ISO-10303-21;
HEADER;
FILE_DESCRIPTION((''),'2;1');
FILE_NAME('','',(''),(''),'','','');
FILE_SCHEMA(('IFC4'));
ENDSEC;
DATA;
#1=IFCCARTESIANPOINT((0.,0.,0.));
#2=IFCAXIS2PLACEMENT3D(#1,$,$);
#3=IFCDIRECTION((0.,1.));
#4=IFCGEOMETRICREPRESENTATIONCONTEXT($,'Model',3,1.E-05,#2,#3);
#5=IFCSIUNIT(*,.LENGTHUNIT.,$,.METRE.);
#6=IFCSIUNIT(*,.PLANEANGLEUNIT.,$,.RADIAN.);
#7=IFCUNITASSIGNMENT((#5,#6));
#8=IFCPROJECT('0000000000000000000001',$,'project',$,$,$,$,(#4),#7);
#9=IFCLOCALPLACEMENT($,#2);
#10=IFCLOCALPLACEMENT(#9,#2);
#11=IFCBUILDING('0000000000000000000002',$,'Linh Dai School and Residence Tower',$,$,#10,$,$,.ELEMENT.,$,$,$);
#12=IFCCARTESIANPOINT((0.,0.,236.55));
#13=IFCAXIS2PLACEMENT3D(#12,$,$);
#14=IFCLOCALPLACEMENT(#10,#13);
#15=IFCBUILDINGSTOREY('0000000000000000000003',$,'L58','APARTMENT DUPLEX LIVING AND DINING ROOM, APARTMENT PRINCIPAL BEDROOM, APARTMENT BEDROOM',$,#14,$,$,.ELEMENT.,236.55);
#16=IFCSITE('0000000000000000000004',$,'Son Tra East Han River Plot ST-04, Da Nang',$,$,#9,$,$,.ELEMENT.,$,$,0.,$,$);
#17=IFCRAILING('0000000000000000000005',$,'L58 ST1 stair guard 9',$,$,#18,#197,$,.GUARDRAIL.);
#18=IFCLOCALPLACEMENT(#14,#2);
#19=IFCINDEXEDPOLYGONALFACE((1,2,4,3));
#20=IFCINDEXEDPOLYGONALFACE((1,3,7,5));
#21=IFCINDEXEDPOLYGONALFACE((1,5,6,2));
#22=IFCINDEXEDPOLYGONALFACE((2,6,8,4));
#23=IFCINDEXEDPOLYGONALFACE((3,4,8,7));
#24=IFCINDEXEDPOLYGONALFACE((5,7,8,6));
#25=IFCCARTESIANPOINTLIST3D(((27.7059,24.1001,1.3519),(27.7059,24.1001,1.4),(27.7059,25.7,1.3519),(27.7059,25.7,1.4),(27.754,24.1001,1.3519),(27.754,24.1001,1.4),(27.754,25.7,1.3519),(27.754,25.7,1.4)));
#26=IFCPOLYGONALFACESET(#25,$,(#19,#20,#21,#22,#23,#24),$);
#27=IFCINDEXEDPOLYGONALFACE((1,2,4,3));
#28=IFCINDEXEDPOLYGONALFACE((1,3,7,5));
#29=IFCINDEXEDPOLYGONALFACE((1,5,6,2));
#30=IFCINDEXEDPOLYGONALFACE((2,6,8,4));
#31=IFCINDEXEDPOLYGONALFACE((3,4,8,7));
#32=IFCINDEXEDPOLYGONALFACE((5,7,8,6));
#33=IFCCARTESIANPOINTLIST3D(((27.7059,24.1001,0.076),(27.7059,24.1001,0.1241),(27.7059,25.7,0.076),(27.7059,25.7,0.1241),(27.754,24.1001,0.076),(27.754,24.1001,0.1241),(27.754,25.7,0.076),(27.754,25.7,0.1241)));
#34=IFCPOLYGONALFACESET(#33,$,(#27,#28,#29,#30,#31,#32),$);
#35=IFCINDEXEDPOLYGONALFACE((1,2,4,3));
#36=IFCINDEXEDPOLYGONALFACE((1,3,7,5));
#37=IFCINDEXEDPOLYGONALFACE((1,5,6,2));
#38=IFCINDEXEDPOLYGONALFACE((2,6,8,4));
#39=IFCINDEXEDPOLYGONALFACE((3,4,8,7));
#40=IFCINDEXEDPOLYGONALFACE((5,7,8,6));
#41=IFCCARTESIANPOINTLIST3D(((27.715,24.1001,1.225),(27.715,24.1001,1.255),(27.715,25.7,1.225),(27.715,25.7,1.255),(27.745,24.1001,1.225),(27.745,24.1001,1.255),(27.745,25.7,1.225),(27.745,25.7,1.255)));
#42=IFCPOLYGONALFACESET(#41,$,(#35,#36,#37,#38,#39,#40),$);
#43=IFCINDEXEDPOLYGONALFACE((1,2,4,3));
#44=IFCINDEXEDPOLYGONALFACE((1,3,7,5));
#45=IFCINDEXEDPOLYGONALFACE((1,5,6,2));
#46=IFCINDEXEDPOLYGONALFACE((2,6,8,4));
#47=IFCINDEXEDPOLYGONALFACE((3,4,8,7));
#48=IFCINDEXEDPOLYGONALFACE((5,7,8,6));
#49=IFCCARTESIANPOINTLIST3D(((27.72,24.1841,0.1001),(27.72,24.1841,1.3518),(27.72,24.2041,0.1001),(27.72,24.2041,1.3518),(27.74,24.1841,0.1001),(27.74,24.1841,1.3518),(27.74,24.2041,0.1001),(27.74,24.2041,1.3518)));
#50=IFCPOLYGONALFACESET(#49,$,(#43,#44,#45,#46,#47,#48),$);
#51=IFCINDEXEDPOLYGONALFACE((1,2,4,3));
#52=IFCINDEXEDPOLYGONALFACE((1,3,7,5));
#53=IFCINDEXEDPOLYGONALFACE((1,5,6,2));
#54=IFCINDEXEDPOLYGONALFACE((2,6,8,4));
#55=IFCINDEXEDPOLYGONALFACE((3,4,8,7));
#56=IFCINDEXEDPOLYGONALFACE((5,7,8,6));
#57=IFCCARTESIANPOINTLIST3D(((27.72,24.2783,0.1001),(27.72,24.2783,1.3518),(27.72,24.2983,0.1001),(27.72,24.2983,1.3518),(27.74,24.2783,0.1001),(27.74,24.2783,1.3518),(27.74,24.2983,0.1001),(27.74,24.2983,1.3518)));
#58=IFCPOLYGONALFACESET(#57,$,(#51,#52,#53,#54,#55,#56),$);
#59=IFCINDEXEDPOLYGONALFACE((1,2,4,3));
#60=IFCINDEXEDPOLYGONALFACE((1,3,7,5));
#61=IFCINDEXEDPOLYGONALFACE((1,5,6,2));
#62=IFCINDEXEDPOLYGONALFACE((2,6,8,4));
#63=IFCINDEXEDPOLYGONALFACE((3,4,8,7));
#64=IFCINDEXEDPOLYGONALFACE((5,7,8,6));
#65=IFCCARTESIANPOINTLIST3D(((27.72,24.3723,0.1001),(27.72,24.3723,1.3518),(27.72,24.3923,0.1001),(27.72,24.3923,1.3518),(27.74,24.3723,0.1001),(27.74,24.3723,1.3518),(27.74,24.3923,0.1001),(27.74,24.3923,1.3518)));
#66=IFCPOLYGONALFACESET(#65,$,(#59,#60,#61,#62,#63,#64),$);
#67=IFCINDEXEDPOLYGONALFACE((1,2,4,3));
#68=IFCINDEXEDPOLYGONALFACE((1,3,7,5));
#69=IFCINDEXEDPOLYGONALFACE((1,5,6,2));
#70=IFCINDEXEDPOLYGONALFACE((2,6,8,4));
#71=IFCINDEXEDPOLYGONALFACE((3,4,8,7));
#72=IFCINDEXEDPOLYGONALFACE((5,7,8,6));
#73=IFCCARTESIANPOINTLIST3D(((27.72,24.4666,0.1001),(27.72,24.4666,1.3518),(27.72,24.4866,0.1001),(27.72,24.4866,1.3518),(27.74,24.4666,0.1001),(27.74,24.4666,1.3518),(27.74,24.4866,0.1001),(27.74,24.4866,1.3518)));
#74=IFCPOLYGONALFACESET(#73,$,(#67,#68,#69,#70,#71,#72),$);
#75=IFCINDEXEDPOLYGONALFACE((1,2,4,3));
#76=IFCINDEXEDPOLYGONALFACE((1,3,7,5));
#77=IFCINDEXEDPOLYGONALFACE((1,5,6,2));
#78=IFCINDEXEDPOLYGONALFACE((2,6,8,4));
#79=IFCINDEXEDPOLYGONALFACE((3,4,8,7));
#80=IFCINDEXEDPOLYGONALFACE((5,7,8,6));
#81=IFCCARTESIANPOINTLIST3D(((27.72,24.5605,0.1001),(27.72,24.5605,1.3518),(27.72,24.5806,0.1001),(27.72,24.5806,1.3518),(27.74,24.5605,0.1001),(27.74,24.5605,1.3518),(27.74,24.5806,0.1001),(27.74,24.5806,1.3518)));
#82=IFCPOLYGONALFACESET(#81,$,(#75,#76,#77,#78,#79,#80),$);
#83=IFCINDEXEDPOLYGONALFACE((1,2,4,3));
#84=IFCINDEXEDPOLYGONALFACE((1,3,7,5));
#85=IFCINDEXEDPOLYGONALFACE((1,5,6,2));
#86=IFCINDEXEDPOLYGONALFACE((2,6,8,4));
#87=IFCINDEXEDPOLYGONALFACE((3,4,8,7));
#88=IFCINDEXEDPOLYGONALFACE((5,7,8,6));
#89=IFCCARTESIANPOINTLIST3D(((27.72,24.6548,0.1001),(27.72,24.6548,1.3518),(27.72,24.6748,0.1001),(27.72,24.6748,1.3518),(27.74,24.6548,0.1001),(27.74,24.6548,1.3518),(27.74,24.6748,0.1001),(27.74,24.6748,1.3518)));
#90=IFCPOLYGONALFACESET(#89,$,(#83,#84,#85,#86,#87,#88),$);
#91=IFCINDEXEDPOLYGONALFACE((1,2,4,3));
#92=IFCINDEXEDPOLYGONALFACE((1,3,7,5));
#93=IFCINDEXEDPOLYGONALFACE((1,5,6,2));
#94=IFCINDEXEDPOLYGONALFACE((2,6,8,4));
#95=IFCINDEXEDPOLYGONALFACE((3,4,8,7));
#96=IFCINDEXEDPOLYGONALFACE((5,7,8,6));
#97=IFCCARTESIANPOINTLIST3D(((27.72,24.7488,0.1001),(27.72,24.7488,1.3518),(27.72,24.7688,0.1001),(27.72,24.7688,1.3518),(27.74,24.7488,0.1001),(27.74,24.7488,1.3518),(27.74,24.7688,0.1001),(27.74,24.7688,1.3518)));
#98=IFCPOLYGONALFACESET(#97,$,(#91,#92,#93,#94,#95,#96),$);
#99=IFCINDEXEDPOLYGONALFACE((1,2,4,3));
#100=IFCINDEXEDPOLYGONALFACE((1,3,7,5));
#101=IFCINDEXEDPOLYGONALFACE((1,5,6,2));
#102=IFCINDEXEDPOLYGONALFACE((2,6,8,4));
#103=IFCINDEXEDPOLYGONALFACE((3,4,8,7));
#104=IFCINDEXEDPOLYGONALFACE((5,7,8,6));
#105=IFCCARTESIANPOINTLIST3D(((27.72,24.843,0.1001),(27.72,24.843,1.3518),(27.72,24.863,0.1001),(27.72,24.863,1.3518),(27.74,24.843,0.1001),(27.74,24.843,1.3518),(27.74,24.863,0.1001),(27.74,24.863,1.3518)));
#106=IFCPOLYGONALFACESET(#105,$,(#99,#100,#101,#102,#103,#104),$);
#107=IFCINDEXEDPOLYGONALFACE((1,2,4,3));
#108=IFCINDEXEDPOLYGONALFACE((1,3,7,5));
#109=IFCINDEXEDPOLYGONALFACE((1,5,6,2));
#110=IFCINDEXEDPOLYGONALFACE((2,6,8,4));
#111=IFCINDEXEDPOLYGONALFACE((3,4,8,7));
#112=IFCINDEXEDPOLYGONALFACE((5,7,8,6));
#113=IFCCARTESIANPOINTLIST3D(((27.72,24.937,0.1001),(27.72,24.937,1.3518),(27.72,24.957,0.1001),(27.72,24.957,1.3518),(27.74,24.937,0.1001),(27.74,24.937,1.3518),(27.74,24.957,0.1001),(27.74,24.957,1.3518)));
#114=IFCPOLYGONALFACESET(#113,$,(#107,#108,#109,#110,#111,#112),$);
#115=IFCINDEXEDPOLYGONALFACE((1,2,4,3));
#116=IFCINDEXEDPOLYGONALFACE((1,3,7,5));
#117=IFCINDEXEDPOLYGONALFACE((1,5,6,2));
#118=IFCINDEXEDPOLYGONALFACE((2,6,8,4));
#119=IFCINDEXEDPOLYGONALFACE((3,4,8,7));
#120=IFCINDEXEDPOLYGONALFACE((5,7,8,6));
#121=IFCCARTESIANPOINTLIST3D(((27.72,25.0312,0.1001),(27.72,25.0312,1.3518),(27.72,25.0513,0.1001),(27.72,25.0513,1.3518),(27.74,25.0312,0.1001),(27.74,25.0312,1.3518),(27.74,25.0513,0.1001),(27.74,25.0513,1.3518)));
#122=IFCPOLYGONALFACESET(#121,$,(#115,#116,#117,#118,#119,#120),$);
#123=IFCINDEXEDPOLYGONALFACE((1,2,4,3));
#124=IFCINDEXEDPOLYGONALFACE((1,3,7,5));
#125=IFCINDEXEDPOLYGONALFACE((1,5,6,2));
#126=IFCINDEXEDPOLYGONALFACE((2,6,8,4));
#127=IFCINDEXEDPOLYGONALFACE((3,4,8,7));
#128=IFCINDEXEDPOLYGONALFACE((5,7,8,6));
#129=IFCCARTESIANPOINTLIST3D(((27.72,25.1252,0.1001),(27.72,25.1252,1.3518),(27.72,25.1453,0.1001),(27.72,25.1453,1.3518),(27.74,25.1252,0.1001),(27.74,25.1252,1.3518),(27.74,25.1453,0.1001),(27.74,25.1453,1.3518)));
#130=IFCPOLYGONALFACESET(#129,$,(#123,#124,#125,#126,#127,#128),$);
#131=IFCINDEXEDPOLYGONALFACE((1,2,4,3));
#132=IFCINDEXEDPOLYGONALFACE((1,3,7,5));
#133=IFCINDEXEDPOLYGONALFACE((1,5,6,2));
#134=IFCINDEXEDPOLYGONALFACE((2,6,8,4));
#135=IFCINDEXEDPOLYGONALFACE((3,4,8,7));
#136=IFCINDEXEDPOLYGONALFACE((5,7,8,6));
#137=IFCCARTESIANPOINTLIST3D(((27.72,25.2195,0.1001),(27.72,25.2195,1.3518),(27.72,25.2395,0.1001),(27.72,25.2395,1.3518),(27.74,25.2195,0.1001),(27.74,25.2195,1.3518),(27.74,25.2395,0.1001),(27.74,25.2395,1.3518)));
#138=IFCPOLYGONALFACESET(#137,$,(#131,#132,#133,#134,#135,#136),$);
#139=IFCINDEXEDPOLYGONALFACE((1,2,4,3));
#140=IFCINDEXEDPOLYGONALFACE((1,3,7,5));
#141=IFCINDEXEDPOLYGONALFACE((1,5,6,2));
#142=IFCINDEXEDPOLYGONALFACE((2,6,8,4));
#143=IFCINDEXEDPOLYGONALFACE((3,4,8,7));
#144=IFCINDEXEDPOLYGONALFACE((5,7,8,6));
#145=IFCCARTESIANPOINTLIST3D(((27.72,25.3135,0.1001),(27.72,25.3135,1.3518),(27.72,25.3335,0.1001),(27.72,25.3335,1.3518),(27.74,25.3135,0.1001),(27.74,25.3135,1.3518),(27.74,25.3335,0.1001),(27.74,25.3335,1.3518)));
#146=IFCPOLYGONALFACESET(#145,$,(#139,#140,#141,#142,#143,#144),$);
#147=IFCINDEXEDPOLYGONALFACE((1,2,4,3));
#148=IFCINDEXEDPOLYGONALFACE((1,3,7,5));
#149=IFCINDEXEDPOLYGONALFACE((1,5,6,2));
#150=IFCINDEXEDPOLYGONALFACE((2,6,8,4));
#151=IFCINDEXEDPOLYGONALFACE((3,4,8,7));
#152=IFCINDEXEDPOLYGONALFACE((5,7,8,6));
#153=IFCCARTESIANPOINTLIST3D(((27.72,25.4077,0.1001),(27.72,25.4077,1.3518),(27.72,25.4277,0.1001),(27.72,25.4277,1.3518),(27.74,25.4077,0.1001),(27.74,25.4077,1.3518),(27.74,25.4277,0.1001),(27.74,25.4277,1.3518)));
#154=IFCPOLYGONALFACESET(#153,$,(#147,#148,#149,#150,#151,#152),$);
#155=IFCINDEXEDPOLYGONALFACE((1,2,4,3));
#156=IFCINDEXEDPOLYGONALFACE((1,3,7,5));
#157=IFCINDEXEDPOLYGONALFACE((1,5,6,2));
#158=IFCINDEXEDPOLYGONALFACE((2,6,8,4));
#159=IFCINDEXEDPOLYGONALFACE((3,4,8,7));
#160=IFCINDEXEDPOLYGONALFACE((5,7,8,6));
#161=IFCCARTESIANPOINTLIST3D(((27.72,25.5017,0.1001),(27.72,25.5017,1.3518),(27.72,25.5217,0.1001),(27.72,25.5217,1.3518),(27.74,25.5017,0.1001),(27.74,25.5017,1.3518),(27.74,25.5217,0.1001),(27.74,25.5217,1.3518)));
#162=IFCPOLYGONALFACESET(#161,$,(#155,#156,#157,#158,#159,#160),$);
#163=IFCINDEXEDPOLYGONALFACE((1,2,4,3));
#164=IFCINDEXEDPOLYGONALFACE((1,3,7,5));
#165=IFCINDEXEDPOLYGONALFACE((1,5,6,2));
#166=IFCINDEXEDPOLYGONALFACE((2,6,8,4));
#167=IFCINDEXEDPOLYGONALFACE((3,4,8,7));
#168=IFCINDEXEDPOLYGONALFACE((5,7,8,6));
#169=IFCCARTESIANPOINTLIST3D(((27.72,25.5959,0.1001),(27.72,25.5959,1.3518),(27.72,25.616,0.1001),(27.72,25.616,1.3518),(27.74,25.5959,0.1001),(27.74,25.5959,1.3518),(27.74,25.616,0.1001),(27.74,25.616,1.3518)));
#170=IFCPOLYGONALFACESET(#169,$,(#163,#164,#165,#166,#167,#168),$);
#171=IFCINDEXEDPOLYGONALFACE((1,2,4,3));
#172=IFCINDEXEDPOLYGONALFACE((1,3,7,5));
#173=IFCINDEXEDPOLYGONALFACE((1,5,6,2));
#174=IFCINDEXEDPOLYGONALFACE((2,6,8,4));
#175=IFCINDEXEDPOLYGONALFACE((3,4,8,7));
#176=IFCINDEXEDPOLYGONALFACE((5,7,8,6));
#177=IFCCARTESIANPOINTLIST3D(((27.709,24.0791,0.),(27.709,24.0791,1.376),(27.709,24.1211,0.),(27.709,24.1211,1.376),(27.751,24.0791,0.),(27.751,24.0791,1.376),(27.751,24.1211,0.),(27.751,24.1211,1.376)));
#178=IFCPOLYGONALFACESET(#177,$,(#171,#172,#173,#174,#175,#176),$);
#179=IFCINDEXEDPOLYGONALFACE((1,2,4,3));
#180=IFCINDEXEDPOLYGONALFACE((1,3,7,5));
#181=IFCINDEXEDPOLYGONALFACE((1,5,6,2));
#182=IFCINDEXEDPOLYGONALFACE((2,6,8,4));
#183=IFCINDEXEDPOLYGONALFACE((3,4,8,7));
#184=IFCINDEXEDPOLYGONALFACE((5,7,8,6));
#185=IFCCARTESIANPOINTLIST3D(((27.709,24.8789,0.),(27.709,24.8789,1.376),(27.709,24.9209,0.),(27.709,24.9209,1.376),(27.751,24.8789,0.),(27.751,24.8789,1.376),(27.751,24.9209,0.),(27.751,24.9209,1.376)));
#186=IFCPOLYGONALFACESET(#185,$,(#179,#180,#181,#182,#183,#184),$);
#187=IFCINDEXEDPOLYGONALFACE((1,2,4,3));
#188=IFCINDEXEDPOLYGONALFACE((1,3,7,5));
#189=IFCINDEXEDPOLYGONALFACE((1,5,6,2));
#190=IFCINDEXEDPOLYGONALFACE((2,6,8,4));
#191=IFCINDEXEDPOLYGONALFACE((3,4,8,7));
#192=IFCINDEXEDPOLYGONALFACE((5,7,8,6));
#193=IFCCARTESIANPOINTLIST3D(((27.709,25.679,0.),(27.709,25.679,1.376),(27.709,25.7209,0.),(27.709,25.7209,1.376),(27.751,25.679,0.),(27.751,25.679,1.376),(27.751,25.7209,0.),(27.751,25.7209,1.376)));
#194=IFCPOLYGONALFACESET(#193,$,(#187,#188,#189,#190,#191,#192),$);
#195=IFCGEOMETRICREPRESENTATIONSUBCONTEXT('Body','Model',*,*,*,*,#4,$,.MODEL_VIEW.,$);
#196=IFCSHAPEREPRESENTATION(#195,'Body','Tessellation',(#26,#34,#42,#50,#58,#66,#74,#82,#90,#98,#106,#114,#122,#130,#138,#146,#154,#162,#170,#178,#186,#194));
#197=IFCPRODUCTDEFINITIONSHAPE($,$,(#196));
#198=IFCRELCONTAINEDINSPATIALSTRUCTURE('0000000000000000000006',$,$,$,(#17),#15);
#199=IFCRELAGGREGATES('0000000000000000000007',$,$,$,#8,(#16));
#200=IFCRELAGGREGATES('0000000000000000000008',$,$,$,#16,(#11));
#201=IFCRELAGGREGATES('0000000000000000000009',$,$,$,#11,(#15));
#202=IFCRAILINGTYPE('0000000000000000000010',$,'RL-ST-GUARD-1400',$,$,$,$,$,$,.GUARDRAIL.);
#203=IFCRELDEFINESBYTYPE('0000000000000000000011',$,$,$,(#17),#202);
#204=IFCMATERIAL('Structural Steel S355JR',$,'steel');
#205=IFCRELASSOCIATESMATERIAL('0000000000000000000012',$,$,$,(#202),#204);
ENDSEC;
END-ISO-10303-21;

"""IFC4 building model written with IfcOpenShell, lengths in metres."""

from ifc_helpers import new_model, si_unit, direction, frame, origin, origin_2d, place, context, subcontext, project, spatial, rectangle, extrude, source, transform, mapped, material, type_object, element, save


model = new_model("IFC4")

# Units and contexts
model_context = context("Model", 3, precision=1e-05, world=origin(), true_north=direction((0.0, 1.0)))
body_context = subcontext(model_context, "Body", "Model", "MODEL_VIEW")
ifc_project = project(units=[si_unit("LENGTHUNIT", "METRE"), si_unit("PLANEANGLEUNIT", "RADIAN")], contexts=[model_context])

# Site, building, storey
site_placement = place(None, origin())
site = spatial("IfcSite", under=ifc_project, at=site_placement, Name="Son Tra East Han River Plot ST-04, Da Nang", CompositionType="ELEMENT", RefElevation=0.0)
building_placement = place(site_placement, origin())
building = spatial("IfcBuilding", under=site, at=building_placement, Name="Linh Dai School and Residence Tower", CompositionType="ELEMENT")
storey_placement = place(building_placement, frame((0.0, 0.0, 236.55)))
storey = spatial("IfcBuildingStorey", under=building, at=storey_placement, Name="L58", Description="APARTMENT DUPLEX LIVING AND DINING ROOM, APARTMENT PRINCIPAL BEDROOM, APARTMENT BEDROOM", CompositionType="ELEMENT", Elevation=236.55)

# Shared definitions
ifc_material_1 = material(Name="Structural Steel S355JR", Category="steel")

# Railing
railing_type = type_object("IfcRailingType", Name="RL-ST-GUARD-1400", PredefinedType="GUARDRAIL", material=ifc_material_1)
shared_shape_1 = source(origin(), body_context, "Body", "SweptSolid", [
    extrude(rectangle(XDim=0.0481, YDim=0.0481, at=origin_2d()), frame((0.0, 0.0, 1.376), z_axis=(0.0, 1.0, 0.0), x_axis=(-1.0, 0.0, 0.0)), (0.0, 0.0, 1.0), 1.5999),
    extrude(rectangle(XDim=0.0481, YDim=0.0481, at=origin_2d()), frame((0.0, 0.0, 0.1001), z_axis=(0.0, 1.0, 0.0), x_axis=(-1.0, 0.0, 0.0)), (0.0, 0.0, 1.0), 1.5999),
    extrude(rectangle(XDim=0.03, YDim=0.03, at=origin_2d()), frame((0.0, 0.0, 1.24), z_axis=(0.0, 1.0, 0.0), x_axis=(-1.0, 0.0, 0.0)), (0.0, 0.0, 1.0), 1.5999),
    extrude(rectangle(XDim=0.02, YDim=0.02, at=origin_2d()), frame((0.0, 0.094, 0.1001)), (0.0, 0.0, 1.0), 1.2517),
    extrude(rectangle(XDim=0.02, YDim=0.02, at=origin_2d()), frame((0.0, 0.1882, 0.1001)), (0.0, 0.0, 1.0), 1.2517),
    extrude(rectangle(XDim=0.02, YDim=0.02, at=origin_2d()), frame((0.0, 0.2822, 0.1001)), (0.0, 0.0, 1.0), 1.2517),
    extrude(rectangle(XDim=0.02, YDim=0.02, at=origin_2d()), frame((0.0, 0.3765, 0.1001)), (0.0, 0.0, 1.0), 1.2517),
    extrude(rectangle(XDim=0.02, YDim=0.02, at=origin_2d()), frame((0.0, 0.4705, 0.1001)), (0.0, 0.0, 1.0), 1.2517),
    extrude(rectangle(XDim=0.02, YDim=0.02, at=origin_2d()), frame((0.0, 0.5647, 0.1001)), (0.0, 0.0, 1.0), 1.2517),
    extrude(rectangle(XDim=0.02, YDim=0.02, at=origin_2d()), frame((0.0, 0.6587, 0.1001)), (0.0, 0.0, 1.0), 1.2517),
    extrude(rectangle(XDim=0.02, YDim=0.02, at=origin_2d()), frame((0.0, 0.7529, 0.1001)), (0.0, 0.0, 1.0), 1.2517),
    extrude(rectangle(XDim=0.02, YDim=0.02, at=origin_2d()), frame((0.0, 0.8469, 0.1001)), (0.0, 0.0, 1.0), 1.2517),
    extrude(rectangle(XDim=0.02, YDim=0.02, at=origin_2d()), frame((0.0, 0.9412, 0.1001)), (0.0, 0.0, 1.0), 1.2517),
    extrude(rectangle(XDim=0.02, YDim=0.02, at=origin_2d()), frame((0.0, 1.0352, 0.1001)), (0.0, 0.0, 1.0), 1.2517),
    extrude(rectangle(XDim=0.02, YDim=0.02, at=origin_2d()), frame((0.0, 1.1294, 0.1001)), (0.0, 0.0, 1.0), 1.2517),
    extrude(rectangle(XDim=0.02, YDim=0.02, at=origin_2d()), frame((0.0, 1.2234, 0.1001)), (0.0, 0.0, 1.0), 1.2517),
    extrude(rectangle(XDim=0.02, YDim=0.02, at=origin_2d()), frame((0.0, 1.3176, 0.1001)), (0.0, 0.0, 1.0), 1.2517),
    extrude(rectangle(XDim=0.02, YDim=0.02, at=origin_2d()), frame((0.0, 1.4116, 0.1001)), (0.0, 0.0, 1.0), 1.2517),
    extrude(rectangle(XDim=0.02, YDim=0.02, at=origin_2d()), frame((0.0, 1.5059, 0.1001)), (0.0, 0.0, 1.0), 1.2517),
    extrude(rectangle(XDim=0.042, YDim=0.042, at=origin_2d()), origin(), (0.0, 0.0, 1.0), 1.376),
    extrude(rectangle(XDim=0.042, YDim=0.042, at=origin_2d()), frame((0.0, 0.7998, 0.0)), (0.0, 0.0, 1.0), 1.376),
    extrude(rectangle(XDim=0.042, YDim=0.042, at=origin_2d()), frame((0.0, 1.5999, 0.0)), (0.0, 0.0, 1.0), 1.376),
])
for number, where, name in (
    (1, (27.73, 24.1001, 0.0), "L58 ST1 stair guard 9"),
):
    element("IfcRailing", number, at=place(storey_placement, frame(where)), inside=storey, type_object=railing_type, Name=name, PredefinedType="GUARDRAIL", context=body_context, shape_type="MappedRepresentation", body=[
        mapped(shared_shape_1, transform((0.0, 0.0, 0.0), x_axis=(1.0, 0.0, 0.0), y_axis=(0.0, 1.0, 0.0), z_axis=(0.0, 0.0, 1.0), scale=1.0)),
    ])

save(model, "model.ifc")
